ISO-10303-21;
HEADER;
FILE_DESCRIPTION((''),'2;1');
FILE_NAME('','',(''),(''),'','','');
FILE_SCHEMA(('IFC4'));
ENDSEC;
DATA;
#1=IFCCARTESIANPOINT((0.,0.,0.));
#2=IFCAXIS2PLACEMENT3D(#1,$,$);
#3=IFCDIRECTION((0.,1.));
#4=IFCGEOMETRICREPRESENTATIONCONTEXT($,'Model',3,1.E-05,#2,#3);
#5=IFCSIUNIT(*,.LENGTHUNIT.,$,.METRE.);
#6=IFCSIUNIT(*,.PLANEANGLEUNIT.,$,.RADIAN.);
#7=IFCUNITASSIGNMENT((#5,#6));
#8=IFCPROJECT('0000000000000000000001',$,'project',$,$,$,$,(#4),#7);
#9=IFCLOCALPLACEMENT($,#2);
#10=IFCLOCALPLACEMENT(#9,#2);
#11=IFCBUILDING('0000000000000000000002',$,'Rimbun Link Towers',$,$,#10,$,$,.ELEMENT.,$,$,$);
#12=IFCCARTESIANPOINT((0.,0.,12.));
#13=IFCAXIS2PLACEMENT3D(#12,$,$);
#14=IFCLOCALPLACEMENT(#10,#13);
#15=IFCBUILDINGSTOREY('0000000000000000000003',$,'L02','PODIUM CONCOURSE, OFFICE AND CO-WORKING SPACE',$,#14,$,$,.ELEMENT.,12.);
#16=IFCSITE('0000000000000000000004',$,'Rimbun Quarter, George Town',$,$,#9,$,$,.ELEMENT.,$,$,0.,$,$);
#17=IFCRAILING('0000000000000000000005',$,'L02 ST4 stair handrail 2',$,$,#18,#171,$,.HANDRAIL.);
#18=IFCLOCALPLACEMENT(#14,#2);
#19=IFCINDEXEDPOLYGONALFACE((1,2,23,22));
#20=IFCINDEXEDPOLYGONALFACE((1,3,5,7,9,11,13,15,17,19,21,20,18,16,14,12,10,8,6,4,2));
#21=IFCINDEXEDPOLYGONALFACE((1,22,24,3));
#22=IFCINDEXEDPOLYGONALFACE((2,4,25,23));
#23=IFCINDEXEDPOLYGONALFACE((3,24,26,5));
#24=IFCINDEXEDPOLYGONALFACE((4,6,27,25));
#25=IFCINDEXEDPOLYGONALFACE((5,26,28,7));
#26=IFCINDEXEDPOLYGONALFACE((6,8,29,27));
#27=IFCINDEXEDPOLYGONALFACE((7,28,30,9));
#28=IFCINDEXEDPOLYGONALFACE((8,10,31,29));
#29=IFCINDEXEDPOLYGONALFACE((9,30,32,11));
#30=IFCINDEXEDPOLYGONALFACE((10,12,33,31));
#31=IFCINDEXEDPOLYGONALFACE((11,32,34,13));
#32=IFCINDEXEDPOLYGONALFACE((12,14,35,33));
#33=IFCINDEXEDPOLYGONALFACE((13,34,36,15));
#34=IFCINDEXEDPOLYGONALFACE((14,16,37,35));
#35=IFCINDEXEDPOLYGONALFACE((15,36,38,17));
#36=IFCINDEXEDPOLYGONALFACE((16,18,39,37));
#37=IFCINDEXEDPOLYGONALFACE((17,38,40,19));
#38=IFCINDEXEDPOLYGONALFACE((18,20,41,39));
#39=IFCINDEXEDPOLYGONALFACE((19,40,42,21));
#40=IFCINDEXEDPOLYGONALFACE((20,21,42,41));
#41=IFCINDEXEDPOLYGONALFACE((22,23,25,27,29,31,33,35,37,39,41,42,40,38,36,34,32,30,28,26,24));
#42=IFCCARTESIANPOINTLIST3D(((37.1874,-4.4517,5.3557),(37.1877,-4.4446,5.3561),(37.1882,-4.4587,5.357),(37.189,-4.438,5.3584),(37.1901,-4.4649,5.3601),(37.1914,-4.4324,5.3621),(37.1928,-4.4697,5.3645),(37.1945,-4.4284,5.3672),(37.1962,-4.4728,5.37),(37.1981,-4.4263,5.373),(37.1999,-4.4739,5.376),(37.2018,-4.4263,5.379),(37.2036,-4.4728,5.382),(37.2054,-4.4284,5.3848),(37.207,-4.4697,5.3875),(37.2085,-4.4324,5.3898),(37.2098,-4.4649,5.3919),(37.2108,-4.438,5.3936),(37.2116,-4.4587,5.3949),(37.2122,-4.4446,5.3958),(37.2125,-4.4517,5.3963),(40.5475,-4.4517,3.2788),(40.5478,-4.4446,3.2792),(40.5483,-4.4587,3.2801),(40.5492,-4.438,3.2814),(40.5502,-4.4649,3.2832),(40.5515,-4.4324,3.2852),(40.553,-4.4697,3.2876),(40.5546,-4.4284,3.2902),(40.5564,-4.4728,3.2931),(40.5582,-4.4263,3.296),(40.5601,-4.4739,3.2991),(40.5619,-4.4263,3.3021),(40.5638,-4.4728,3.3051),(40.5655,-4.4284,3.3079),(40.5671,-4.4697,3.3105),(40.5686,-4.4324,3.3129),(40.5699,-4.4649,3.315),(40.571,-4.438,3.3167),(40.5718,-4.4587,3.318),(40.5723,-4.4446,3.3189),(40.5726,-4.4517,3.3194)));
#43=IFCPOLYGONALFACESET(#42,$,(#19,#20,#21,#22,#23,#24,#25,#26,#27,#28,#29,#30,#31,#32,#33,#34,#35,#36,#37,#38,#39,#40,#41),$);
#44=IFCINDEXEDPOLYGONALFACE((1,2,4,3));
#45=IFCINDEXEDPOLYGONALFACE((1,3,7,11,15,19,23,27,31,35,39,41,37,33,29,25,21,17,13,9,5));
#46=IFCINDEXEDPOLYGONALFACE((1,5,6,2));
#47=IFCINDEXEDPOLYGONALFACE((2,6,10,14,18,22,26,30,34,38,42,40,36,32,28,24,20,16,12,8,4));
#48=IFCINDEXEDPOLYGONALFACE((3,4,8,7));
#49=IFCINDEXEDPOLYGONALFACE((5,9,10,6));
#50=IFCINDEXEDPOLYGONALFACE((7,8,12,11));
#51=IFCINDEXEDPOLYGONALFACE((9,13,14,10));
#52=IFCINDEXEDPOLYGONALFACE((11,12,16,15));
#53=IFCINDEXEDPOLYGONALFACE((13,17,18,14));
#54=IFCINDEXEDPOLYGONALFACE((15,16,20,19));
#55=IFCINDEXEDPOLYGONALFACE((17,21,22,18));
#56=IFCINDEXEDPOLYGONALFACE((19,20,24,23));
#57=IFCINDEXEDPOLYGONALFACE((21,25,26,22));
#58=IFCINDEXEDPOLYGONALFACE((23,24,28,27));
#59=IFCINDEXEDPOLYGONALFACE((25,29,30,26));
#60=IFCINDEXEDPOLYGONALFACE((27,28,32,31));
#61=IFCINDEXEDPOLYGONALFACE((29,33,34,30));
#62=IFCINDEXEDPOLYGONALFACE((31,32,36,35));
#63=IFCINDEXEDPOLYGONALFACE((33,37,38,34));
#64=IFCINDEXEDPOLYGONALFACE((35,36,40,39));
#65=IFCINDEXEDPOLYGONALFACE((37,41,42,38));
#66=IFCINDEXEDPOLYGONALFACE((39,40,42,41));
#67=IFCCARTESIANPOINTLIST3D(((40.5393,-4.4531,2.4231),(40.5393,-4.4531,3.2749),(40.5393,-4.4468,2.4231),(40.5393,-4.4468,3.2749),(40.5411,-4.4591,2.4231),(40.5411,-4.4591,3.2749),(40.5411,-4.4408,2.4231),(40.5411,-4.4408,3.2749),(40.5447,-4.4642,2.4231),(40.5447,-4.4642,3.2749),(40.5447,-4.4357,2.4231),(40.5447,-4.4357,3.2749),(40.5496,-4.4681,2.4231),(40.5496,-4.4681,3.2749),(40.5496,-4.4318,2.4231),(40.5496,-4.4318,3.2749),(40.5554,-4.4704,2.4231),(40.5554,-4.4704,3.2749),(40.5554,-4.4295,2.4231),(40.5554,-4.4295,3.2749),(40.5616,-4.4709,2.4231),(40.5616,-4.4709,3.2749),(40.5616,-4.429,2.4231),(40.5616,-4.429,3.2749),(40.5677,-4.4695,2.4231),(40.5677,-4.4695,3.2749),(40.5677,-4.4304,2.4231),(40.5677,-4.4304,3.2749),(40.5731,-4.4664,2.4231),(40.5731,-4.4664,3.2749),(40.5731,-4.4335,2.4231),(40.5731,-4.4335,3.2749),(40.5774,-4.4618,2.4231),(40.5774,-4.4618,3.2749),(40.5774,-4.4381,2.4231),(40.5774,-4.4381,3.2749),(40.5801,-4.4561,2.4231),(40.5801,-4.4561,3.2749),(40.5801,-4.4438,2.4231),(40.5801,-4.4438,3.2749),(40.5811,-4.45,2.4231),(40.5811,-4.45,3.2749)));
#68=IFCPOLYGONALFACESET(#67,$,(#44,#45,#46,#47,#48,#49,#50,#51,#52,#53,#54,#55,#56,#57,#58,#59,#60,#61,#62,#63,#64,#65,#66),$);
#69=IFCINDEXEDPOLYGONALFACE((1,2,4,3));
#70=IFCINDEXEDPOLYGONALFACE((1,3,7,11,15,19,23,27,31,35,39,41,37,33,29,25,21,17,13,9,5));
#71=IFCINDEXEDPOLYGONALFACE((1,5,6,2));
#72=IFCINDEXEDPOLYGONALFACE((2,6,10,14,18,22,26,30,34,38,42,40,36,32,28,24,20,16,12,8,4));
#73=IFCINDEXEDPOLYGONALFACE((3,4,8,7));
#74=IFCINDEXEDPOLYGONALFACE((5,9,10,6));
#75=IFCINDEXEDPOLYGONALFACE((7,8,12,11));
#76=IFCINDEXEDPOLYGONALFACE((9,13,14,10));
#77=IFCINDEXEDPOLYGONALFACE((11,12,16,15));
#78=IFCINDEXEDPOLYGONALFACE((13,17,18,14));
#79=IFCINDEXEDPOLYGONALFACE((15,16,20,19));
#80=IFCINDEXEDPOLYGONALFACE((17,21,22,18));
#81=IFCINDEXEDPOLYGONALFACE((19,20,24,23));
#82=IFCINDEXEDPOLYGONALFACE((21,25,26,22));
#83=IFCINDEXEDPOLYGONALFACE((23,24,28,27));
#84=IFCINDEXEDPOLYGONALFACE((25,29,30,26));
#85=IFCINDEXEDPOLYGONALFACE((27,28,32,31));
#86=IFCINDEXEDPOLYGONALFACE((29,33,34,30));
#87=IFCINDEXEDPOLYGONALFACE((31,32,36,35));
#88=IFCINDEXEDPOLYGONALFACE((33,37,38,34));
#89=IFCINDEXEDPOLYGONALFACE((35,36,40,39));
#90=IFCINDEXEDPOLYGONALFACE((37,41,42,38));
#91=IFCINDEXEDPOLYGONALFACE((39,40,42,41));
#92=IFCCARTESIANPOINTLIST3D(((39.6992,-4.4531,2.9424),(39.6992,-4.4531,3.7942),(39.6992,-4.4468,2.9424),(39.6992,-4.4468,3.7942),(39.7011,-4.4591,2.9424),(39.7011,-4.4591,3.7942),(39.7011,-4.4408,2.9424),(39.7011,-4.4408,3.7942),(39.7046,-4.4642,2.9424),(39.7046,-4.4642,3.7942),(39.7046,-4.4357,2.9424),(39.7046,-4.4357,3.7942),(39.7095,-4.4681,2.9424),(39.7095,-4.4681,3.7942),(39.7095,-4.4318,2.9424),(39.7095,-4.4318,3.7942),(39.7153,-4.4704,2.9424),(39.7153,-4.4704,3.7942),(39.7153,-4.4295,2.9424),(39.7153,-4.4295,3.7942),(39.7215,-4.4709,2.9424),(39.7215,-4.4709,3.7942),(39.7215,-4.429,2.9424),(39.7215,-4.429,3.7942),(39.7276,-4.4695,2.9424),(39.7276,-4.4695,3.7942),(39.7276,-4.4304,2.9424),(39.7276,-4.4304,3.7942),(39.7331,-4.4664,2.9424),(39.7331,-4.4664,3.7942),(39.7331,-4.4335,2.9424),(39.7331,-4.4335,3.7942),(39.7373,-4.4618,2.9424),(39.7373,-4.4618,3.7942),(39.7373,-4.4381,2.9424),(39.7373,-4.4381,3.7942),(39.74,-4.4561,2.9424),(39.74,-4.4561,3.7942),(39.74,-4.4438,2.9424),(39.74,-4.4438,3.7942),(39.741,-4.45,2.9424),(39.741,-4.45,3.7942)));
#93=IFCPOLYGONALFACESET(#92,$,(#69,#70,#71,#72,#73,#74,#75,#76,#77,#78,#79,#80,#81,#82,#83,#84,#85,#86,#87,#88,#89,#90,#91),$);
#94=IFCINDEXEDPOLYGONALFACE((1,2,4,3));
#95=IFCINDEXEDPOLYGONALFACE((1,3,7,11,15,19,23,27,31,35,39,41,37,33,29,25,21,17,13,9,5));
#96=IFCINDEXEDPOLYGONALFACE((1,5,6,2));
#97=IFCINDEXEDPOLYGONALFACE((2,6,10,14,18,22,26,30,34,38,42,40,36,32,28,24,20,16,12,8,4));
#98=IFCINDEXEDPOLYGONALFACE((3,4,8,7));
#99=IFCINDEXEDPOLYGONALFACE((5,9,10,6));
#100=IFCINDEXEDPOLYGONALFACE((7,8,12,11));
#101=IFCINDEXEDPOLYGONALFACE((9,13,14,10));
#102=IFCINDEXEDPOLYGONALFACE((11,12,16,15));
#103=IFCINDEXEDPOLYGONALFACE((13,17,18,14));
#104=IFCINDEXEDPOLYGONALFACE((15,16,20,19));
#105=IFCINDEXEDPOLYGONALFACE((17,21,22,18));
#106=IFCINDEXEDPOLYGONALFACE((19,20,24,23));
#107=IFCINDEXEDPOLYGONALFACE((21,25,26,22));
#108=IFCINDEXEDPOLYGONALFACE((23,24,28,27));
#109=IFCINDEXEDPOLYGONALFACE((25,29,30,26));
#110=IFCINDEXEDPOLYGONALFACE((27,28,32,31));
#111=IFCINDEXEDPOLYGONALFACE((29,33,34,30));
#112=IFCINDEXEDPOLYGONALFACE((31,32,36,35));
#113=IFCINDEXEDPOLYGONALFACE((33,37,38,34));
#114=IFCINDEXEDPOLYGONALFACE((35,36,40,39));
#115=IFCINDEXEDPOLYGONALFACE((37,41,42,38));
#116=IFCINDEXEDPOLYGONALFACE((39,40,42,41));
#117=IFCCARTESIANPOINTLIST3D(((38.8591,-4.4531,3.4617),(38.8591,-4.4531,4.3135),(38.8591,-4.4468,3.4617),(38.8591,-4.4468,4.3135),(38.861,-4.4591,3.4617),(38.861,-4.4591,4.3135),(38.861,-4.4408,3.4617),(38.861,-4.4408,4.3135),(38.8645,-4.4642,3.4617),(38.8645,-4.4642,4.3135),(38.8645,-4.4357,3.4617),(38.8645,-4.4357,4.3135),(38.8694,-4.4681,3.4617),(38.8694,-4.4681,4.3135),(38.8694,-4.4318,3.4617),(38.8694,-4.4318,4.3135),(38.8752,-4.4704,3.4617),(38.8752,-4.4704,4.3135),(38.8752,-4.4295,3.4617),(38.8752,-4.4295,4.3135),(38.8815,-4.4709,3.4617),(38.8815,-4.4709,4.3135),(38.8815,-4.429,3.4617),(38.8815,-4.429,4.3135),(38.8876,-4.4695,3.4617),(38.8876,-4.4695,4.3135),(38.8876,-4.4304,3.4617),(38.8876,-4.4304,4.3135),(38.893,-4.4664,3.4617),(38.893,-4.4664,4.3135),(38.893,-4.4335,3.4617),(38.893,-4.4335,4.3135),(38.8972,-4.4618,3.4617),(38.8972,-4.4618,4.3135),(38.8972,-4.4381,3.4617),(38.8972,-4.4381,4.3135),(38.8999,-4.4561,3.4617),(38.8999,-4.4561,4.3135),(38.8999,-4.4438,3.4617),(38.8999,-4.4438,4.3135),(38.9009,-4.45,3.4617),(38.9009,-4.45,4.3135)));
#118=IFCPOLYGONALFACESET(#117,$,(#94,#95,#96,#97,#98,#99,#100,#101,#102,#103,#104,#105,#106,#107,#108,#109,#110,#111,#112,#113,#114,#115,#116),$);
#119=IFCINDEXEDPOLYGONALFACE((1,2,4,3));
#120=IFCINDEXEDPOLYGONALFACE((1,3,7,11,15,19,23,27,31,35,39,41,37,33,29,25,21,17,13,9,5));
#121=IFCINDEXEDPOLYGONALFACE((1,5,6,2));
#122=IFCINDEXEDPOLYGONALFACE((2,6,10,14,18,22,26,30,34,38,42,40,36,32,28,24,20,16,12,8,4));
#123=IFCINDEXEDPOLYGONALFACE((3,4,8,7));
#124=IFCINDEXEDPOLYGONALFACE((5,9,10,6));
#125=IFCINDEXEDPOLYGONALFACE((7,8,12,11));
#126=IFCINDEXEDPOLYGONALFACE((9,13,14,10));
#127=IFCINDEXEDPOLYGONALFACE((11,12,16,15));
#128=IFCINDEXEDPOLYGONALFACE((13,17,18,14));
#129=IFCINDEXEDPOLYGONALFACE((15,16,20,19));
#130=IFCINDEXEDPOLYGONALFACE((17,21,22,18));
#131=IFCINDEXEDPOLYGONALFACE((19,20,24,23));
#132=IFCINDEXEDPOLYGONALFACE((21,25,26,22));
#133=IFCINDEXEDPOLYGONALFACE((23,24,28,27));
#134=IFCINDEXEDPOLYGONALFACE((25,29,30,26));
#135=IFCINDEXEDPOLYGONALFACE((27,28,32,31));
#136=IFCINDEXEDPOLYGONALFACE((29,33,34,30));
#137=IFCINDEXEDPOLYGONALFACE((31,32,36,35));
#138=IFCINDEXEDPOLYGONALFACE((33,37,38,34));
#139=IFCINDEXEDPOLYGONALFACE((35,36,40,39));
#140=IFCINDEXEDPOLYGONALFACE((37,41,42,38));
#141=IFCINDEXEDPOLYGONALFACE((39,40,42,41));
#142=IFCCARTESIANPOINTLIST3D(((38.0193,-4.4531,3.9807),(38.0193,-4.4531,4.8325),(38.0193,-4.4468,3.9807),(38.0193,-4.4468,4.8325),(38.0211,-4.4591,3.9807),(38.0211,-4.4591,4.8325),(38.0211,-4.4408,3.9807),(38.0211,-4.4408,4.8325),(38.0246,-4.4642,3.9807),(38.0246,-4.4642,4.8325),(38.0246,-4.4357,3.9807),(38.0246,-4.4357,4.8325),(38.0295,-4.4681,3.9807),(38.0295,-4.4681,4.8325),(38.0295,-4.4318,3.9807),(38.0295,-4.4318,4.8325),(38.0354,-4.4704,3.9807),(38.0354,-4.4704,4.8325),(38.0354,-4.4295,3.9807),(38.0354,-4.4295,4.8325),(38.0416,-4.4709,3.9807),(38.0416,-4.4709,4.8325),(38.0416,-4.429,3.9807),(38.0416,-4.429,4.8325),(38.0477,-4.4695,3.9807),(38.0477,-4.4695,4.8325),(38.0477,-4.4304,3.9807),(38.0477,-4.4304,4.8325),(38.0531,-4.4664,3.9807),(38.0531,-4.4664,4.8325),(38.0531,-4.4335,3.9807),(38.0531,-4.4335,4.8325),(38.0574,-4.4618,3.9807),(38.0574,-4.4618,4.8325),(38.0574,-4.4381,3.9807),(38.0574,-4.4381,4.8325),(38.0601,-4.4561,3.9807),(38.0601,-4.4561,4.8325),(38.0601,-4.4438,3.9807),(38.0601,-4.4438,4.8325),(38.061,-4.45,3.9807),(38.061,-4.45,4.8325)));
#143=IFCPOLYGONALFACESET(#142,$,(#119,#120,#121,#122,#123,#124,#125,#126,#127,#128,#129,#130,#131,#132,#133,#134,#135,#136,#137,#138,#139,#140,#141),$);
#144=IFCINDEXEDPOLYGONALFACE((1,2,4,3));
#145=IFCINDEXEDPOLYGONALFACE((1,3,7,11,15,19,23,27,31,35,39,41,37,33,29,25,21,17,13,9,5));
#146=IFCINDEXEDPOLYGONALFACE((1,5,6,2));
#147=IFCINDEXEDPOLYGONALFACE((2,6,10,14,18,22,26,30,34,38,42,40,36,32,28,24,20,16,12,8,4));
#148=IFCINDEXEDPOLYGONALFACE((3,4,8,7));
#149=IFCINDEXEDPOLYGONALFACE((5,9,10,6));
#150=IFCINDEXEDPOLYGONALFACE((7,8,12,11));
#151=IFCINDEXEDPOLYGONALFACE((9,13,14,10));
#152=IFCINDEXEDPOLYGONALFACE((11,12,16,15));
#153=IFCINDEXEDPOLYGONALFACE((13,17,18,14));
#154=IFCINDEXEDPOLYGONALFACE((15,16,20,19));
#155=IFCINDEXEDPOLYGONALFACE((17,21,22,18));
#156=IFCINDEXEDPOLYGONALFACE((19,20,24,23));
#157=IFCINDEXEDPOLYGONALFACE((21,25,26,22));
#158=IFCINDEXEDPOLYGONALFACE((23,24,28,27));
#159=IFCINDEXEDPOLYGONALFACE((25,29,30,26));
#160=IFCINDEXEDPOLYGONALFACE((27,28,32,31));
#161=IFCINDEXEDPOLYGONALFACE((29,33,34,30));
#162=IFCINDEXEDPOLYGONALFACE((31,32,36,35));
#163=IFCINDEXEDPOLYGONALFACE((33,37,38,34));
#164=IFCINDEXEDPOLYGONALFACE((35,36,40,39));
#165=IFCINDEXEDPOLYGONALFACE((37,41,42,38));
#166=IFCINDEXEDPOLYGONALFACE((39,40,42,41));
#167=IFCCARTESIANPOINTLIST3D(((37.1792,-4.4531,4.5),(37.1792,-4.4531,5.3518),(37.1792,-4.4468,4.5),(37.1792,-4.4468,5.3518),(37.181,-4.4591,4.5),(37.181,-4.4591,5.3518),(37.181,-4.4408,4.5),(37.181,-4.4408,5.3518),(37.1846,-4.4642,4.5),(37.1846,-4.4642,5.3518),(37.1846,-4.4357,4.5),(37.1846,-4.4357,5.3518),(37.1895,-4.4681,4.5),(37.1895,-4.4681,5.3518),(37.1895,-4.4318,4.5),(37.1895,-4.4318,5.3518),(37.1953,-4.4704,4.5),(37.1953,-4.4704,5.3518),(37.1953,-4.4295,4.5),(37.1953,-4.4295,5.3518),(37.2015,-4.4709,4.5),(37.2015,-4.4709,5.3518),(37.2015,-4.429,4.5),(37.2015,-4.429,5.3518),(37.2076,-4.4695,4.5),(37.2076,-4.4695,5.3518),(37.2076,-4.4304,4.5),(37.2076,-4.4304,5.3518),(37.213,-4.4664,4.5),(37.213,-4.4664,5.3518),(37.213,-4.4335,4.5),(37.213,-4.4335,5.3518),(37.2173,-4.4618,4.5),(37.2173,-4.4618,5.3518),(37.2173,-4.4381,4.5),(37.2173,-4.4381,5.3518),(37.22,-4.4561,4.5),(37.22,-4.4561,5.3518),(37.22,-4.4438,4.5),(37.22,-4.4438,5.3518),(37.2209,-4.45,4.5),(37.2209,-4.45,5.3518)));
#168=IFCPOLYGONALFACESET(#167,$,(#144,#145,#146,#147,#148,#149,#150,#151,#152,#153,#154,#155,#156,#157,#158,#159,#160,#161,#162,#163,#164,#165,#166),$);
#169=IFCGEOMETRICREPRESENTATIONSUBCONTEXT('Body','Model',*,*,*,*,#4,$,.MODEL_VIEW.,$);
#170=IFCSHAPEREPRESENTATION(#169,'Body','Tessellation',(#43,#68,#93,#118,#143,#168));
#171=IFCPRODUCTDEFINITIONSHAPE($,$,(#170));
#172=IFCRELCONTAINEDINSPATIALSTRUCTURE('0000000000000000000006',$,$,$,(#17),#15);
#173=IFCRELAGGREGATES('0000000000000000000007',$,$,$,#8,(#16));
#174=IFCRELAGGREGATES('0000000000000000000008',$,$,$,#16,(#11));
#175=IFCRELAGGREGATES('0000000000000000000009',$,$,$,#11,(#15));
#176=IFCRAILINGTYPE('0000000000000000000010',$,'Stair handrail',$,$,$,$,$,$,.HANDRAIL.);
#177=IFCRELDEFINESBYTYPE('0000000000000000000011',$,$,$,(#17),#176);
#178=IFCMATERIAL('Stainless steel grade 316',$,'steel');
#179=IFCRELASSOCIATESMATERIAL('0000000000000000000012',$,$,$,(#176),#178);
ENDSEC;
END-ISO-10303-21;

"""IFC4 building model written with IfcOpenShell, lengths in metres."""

from ifc_helpers import new_model, si_unit, direction, frame, origin, origin_2d, place, context, subcontext, project, spatial, circle, extrude, material, type_object, element, save


model = new_model("IFC4")

# Units and contexts
model_context = context("Model", 3, precision=1e-05, world=origin(), true_north=direction((0.0, 1.0)))
body_context = subcontext(model_context, "Body", "Model", "MODEL_VIEW")
ifc_project = project(units=[si_unit("LENGTHUNIT", "METRE"), si_unit("PLANEANGLEUNIT", "RADIAN")], contexts=[model_context])

# Site, building, storey
site_placement = place(None, origin())
site = spatial("IfcSite", under=ifc_project, at=site_placement, Name="Rimbun Quarter, George Town", CompositionType="ELEMENT", RefElevation=0.0)
building_placement = place(site_placement, origin())
building = spatial("IfcBuilding", under=site, at=building_placement, Name="Rimbun Link Towers", CompositionType="ELEMENT")
storey_placement = place(building_placement, frame((0.0, 0.0, 12.0)))
storey = spatial("IfcBuildingStorey", under=building, at=storey_placement, Name="L02", Description="PODIUM CONCOURSE, OFFICE AND CO-WORKING SPACE", CompositionType="ELEMENT", Elevation=12.0)

# Railing
ifc_material_1 = material(Name="Stainless steel grade 316", Category="steel")
railing_type_1 = type_object("IfcRailingType", Name="Stair handrail", PredefinedType="HANDRAIL", material=ifc_material_1)
railing_1_placement = place(storey_placement, frame((40.5601, -4.45, 2.4231)))
element("IfcRailing", 1, at=railing_1_placement, inside=storey, type_object=railing_type_1, Name="L02 ST4 stair handrail 2", PredefinedType="HANDRAIL", context=body_context, shape_type="SweptSolid", body=[
    extrude(circle(Radius=0.0239, at=origin_2d()), frame((0.0, 0.0, 0.876), z_axis=(-0.850623, 0.0, 0.525776), x_axis=(0.0, -1.0, 0.0)), (0.0, 0.0, 1.0), 3.9502),
    extrude(circle(Radius=0.021, at=origin_2d()), origin(), (0.0, 0.0, 1.0), 0.8518),
    extrude(circle(Radius=0.021, at=origin_2d()), frame((-0.8401, 0.0, 0.5193)), (0.0, 0.0, 1.0), 0.8518),
    extrude(circle(Radius=0.021, at=origin_2d()), frame((-1.6802, 0.0, 1.0386)), (0.0, 0.0, 1.0), 0.8518),
    extrude(circle(Radius=0.021, at=origin_2d()), frame((-2.52, 0.0, 1.5576)), (0.0, 0.0, 1.0), 0.8518),
    extrude(circle(Radius=0.021, at=origin_2d()), frame((-3.3601, 0.0, 2.0769)), (0.0, 0.0, 1.0), 0.8518),
])

save(model, "model.ifc")
